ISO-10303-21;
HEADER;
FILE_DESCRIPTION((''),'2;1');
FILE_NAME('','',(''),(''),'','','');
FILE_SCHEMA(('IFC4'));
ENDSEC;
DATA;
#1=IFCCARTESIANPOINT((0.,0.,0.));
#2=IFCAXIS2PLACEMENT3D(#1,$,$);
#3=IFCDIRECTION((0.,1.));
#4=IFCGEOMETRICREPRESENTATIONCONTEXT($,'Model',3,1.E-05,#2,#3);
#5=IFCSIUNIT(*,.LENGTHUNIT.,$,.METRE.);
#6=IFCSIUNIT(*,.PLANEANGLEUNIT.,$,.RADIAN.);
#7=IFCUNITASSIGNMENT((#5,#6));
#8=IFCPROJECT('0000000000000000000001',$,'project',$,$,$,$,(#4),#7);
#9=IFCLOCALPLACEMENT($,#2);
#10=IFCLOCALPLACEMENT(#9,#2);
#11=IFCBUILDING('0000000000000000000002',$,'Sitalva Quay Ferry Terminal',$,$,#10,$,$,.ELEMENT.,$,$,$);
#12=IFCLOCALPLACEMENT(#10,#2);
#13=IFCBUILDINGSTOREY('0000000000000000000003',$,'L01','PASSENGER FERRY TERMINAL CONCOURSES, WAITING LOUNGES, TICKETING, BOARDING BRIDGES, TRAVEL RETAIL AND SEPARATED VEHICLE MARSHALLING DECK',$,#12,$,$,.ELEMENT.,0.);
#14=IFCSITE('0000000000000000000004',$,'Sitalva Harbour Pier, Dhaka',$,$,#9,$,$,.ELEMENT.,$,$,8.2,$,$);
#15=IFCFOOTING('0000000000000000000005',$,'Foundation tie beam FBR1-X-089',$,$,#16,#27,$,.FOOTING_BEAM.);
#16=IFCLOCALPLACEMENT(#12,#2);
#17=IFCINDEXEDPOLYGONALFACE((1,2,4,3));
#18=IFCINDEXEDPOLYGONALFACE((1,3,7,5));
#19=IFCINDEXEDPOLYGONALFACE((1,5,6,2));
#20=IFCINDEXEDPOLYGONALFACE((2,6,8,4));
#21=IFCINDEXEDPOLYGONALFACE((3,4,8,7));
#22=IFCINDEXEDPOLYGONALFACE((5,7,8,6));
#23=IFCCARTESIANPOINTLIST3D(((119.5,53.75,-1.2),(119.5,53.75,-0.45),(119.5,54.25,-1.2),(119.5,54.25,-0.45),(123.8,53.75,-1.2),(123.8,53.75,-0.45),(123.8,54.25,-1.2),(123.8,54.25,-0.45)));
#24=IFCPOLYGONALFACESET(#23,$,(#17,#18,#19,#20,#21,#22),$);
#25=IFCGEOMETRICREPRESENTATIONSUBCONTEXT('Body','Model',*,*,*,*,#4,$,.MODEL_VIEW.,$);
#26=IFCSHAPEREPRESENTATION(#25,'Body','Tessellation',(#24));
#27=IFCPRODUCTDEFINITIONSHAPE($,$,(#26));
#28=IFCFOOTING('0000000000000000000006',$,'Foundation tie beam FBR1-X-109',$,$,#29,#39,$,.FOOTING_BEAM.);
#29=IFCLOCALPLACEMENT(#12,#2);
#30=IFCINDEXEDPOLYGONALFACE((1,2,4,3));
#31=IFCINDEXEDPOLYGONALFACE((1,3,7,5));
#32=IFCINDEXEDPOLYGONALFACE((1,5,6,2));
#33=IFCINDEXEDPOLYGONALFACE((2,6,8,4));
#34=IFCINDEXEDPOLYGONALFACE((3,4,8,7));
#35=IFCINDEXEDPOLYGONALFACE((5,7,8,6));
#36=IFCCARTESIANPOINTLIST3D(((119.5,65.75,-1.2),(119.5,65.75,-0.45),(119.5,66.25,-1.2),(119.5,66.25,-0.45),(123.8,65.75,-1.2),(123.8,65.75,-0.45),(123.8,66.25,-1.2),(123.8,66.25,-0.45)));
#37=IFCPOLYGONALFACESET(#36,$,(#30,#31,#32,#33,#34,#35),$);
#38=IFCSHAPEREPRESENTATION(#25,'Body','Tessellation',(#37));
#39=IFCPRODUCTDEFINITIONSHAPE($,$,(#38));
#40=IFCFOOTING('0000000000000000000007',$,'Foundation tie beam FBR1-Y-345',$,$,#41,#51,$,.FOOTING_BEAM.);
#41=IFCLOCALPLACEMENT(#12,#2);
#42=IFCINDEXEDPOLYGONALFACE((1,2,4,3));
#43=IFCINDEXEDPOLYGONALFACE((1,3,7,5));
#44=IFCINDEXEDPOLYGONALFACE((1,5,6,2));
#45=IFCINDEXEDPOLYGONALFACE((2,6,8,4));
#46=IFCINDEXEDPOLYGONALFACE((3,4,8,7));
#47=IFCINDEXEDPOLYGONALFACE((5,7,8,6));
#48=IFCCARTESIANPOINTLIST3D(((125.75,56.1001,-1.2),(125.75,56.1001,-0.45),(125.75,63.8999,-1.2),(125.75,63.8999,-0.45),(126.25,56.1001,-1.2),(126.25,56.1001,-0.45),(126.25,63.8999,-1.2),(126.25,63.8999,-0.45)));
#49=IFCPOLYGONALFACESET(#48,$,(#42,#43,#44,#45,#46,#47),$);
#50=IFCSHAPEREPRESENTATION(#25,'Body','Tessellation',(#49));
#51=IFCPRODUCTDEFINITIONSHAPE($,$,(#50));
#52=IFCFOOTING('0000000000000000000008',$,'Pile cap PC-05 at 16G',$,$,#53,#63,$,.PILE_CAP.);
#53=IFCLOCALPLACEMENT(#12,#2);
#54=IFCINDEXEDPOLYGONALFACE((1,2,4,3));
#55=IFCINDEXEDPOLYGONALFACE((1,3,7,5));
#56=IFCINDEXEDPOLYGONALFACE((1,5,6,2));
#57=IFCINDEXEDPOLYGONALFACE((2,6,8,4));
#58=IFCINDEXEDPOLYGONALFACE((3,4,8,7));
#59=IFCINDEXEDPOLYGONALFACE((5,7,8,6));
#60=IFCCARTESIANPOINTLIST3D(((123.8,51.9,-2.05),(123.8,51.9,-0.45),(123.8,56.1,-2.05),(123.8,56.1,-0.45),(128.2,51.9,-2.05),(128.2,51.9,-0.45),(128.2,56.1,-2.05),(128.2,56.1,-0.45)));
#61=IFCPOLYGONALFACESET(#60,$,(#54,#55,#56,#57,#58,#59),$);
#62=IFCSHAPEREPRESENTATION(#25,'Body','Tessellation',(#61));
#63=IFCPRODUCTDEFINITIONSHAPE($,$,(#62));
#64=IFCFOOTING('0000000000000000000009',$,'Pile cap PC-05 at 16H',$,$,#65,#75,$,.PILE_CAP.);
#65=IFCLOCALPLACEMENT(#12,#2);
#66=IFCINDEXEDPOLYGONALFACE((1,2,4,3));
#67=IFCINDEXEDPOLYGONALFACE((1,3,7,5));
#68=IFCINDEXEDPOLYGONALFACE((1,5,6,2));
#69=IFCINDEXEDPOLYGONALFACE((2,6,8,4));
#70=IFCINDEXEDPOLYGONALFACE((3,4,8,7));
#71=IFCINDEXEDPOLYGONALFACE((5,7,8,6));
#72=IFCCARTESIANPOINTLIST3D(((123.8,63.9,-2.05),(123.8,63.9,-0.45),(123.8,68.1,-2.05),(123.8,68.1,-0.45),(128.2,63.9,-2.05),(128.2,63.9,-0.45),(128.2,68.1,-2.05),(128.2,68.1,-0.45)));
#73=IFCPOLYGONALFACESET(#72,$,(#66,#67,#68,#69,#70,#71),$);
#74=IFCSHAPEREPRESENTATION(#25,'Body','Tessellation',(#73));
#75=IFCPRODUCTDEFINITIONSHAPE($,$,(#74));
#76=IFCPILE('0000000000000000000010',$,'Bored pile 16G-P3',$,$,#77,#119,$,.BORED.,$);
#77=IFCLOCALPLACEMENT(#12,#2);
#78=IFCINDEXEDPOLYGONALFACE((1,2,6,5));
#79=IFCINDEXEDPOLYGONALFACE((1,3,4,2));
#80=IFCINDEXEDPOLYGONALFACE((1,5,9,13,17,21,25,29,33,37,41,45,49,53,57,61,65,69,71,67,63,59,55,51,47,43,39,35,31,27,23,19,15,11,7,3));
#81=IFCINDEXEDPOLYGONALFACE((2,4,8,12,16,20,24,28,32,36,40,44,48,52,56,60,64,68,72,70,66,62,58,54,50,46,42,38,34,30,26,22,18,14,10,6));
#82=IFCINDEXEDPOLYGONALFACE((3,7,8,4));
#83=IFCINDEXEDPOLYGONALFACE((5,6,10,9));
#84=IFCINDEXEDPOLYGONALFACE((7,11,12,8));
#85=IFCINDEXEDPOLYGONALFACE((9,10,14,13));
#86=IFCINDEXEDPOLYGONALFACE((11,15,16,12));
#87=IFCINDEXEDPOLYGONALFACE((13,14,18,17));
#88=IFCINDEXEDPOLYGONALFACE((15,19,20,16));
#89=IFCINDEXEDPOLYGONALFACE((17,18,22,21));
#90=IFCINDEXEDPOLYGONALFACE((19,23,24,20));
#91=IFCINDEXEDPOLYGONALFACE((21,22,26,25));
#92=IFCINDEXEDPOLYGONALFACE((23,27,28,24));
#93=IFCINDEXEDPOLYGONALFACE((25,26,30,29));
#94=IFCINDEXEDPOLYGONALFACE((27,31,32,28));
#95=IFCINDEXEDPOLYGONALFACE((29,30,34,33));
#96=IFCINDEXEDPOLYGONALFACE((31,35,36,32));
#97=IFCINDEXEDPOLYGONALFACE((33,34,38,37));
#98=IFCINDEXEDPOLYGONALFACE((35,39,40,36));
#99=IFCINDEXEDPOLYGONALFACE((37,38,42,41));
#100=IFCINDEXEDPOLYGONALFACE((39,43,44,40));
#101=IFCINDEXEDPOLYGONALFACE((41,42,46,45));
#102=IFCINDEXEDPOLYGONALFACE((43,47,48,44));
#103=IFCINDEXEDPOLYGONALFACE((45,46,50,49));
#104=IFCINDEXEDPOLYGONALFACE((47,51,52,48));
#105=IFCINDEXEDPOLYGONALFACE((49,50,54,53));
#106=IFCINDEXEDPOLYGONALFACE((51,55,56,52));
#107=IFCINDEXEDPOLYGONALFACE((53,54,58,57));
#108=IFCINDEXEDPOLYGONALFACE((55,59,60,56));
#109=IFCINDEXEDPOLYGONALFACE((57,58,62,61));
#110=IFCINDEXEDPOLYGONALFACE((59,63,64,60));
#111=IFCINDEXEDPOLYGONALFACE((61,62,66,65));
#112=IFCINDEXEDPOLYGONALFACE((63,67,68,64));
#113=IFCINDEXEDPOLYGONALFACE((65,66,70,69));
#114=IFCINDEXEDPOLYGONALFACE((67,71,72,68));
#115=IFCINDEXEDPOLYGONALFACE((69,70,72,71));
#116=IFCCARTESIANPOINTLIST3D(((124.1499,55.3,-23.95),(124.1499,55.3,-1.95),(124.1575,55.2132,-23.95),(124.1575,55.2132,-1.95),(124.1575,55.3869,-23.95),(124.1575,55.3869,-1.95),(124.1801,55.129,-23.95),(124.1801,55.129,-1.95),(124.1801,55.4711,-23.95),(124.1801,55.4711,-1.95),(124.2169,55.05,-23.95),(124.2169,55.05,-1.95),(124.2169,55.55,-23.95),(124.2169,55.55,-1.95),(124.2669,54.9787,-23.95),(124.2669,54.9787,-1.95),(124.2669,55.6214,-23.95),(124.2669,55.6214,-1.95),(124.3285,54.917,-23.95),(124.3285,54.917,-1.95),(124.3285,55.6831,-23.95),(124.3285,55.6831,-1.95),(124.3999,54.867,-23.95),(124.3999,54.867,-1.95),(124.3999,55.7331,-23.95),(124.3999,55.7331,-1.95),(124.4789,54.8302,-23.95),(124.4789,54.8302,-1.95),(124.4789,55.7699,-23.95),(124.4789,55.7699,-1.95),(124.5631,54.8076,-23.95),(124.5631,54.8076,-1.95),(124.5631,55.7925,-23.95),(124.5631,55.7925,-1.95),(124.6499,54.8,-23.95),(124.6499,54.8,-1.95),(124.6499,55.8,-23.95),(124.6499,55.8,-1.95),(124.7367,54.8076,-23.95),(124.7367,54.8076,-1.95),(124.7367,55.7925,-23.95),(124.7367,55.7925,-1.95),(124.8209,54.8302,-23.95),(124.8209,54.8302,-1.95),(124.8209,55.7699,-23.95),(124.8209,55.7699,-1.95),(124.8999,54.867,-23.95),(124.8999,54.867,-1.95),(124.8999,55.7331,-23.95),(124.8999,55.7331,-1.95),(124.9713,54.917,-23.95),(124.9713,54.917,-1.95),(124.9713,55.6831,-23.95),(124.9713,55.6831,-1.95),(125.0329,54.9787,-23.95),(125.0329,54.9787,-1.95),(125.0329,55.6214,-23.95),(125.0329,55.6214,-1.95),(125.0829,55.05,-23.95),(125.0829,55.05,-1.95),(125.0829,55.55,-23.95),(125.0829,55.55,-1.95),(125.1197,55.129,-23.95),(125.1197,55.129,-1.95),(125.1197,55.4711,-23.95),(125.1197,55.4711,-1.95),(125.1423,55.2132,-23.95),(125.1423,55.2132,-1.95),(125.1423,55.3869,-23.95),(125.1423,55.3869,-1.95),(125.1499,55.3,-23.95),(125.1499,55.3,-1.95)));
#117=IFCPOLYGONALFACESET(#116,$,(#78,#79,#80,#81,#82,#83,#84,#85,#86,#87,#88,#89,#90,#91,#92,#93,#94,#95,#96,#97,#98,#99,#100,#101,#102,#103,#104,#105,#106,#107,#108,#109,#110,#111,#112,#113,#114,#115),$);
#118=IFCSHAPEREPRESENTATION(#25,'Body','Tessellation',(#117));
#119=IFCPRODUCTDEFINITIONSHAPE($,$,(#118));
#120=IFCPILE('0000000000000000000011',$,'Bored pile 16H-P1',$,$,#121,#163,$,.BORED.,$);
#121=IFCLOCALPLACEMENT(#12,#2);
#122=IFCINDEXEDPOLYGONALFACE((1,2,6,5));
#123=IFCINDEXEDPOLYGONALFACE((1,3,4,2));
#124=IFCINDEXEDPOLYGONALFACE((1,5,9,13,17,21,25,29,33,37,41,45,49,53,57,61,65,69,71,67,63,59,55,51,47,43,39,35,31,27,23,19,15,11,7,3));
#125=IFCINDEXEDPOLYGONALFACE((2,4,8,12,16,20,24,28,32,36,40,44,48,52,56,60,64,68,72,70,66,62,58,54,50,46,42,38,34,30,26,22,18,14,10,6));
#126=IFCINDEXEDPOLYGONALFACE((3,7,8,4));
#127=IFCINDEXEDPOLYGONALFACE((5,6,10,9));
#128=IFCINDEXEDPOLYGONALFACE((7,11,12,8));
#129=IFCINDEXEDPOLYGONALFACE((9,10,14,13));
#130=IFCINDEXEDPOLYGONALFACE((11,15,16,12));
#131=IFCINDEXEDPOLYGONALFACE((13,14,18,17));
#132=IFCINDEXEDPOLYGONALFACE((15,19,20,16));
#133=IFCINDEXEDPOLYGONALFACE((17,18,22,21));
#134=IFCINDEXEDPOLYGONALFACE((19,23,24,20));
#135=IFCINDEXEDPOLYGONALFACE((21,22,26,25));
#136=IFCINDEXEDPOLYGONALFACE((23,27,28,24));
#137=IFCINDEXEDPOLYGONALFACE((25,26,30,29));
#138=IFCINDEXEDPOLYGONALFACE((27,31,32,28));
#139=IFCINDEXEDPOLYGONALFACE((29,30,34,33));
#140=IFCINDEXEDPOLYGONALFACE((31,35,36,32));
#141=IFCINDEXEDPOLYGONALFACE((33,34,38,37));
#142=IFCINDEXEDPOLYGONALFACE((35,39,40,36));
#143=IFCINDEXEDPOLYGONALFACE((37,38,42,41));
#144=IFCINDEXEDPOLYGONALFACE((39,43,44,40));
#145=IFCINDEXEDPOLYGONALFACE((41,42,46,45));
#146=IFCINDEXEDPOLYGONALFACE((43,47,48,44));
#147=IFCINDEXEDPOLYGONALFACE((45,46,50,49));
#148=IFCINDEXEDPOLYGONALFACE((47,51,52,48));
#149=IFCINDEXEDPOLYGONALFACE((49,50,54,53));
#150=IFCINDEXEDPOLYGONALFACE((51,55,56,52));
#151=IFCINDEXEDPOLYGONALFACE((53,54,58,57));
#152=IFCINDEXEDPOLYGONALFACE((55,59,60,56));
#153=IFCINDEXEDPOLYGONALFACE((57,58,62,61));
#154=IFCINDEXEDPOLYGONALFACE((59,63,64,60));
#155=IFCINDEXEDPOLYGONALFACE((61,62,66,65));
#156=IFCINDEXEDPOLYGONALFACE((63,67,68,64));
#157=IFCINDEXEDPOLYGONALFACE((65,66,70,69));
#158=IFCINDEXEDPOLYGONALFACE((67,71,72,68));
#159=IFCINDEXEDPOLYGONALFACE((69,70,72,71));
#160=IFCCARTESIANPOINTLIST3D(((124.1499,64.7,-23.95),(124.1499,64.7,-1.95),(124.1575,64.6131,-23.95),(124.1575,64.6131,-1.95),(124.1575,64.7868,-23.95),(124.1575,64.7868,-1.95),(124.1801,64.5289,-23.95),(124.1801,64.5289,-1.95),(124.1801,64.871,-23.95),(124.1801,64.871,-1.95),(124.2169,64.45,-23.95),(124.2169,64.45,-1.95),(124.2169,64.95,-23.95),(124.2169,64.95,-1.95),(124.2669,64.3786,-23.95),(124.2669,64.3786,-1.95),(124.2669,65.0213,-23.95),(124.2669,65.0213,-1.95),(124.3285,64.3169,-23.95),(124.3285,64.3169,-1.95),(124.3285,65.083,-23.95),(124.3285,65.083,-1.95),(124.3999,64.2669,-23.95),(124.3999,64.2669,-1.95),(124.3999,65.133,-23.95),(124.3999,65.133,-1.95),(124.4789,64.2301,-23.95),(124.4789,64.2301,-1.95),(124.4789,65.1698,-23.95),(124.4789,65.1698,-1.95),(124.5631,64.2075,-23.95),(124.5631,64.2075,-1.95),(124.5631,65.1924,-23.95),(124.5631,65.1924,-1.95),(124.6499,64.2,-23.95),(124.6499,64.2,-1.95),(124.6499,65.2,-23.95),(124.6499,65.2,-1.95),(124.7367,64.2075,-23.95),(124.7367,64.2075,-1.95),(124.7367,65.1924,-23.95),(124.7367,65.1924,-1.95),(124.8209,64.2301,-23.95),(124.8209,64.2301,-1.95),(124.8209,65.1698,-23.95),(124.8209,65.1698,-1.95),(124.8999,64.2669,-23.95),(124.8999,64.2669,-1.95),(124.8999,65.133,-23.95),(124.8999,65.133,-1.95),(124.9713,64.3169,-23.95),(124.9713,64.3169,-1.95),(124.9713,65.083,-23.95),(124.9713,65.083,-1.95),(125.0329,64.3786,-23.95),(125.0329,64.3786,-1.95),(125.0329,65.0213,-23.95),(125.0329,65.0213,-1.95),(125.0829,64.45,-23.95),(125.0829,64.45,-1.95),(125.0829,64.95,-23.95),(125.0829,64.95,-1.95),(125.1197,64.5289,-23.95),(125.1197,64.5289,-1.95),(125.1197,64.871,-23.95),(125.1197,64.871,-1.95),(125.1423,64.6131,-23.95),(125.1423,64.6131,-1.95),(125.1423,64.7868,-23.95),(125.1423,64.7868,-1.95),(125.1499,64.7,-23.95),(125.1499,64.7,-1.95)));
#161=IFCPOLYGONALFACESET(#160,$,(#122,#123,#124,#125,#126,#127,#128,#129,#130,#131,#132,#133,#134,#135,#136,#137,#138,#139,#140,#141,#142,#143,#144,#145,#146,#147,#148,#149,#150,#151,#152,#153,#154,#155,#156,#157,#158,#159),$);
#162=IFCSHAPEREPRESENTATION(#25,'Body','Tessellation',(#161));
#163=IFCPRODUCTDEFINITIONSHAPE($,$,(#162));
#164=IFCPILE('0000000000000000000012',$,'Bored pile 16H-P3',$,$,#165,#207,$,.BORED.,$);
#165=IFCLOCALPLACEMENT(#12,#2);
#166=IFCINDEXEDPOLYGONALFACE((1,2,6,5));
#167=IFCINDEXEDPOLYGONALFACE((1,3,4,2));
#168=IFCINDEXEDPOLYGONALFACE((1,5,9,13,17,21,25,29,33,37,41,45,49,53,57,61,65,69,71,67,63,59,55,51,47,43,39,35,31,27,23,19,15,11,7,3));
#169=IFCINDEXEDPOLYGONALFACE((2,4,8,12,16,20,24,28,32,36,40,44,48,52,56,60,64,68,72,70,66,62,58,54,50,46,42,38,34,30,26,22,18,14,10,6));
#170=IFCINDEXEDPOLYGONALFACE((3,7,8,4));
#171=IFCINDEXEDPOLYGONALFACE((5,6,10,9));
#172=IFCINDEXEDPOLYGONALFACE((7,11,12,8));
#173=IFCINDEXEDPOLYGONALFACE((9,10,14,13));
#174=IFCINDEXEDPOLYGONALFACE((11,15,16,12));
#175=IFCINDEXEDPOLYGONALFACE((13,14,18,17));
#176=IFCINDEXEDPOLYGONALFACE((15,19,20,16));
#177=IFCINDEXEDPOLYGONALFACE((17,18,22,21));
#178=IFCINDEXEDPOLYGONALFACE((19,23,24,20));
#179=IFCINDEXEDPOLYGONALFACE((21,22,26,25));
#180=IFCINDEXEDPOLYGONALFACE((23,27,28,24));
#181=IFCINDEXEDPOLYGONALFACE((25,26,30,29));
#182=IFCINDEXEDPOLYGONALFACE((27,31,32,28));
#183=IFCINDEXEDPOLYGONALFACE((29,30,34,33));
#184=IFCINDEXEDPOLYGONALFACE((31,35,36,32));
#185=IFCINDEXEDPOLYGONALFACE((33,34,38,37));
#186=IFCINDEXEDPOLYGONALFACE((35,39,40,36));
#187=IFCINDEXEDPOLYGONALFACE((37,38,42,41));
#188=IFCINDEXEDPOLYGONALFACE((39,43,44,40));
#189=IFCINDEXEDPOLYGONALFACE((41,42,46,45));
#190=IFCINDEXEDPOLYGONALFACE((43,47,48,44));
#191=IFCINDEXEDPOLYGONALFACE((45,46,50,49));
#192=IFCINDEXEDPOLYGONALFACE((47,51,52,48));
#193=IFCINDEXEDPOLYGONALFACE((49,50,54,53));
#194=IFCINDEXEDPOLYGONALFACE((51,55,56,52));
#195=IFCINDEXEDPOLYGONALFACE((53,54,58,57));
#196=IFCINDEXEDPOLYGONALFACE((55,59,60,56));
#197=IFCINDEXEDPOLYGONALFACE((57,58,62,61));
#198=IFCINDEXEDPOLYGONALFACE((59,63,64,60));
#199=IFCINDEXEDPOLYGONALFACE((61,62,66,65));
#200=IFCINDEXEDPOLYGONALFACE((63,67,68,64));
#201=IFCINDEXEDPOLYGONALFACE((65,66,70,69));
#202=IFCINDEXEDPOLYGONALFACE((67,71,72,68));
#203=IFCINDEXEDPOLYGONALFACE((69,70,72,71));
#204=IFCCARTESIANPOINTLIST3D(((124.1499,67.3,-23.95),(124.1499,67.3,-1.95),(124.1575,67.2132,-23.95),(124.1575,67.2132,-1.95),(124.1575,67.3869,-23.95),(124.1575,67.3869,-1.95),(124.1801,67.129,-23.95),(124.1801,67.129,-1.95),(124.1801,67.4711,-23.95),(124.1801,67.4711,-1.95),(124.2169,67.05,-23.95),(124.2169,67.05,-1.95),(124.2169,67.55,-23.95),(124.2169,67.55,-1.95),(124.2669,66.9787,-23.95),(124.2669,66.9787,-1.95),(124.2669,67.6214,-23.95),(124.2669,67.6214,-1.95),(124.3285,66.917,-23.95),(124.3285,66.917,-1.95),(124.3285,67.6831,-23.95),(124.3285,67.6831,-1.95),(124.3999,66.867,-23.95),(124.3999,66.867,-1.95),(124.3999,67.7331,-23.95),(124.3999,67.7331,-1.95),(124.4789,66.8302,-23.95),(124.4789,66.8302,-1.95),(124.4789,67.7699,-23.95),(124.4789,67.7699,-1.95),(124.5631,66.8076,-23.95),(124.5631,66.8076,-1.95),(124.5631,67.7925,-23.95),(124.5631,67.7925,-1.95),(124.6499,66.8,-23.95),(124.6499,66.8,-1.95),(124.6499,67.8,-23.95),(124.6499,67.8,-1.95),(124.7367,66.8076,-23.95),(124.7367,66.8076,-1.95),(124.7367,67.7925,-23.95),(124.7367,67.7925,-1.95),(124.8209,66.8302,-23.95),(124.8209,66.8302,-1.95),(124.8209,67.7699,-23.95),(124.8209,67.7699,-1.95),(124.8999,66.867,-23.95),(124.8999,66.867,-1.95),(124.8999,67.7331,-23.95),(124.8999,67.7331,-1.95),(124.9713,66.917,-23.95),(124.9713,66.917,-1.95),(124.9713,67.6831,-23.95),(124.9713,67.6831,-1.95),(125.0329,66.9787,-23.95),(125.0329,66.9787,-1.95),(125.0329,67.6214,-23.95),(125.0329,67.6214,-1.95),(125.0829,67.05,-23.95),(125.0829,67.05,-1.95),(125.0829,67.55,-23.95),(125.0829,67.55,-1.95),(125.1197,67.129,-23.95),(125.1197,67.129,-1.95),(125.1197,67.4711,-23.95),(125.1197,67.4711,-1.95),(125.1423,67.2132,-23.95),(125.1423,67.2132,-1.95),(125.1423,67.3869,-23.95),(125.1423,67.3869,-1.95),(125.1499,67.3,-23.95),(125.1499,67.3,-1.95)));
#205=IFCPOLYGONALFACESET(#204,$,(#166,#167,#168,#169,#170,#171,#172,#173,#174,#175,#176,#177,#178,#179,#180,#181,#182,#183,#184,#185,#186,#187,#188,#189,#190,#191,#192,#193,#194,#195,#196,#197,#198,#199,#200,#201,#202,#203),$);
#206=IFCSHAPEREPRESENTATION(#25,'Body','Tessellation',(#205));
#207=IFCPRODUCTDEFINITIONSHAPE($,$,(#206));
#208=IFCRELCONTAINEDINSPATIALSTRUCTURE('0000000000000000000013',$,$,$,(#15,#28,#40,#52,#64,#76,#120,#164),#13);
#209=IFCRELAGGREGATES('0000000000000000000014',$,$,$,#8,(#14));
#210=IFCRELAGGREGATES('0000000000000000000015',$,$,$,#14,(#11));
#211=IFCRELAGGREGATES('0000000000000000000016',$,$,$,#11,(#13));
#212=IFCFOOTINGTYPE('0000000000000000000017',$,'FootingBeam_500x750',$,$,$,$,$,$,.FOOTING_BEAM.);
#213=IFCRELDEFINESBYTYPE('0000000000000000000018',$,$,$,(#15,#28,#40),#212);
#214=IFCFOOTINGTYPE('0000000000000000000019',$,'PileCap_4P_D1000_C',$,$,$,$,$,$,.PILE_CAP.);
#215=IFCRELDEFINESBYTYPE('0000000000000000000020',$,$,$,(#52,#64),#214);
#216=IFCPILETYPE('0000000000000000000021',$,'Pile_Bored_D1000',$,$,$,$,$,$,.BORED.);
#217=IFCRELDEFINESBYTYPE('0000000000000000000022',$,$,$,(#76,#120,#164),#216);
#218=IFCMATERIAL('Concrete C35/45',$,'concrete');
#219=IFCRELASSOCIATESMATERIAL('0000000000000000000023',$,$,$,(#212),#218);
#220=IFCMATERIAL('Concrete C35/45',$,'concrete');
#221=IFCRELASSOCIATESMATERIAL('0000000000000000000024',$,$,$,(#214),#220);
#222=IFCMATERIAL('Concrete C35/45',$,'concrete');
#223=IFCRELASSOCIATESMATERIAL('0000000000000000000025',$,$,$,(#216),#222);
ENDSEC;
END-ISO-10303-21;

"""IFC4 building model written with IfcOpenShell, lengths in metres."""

from ifc_helpers import new_model, si_unit, direction, frame, origin, origin_2d, place, context, subcontext, project, spatial, rectangle, circle, extrude, material, material_profile, profile_set, type_object, element, save


model = new_model("IFC4")

# Units and contexts
model_context = context("Model", 3, precision=1e-05, world=origin(), true_north=direction((0.0, 1.0)))
body_context = subcontext(model_context, "Body", "Model", "MODEL_VIEW")
ifc_project = project(units=[si_unit("LENGTHUNIT", "METRE"), si_unit("PLANEANGLEUNIT", "RADIAN")], contexts=[model_context])

# Site, building, storey
site_placement = place(None, origin())
site = spatial("IfcSite", under=ifc_project, at=site_placement, Name="Sitalva Harbour Pier, Dhaka", CompositionType="ELEMENT", RefElevation=8.2)
building_placement = place(site_placement, origin())
building = spatial("IfcBuilding", under=site, at=building_placement, Name="Sitalva Quay Ferry Terminal", CompositionType="ELEMENT")
storey_placement = place(building_placement, origin())
storey = spatial("IfcBuildingStorey", under=building, at=storey_placement, Name="L01", Description="PASSENGER FERRY TERMINAL CONCOURSES, WAITING LOUNGES, TICKETING, BOARDING BRIDGES, TRAVEL RETAIL AND SEPARATED VEHICLE MARSHALLING DECK", CompositionType="ELEMENT", Elevation=0.0)

# Footings
ifc_material_1 = material(Name="Concrete C35/45", Category="concrete")
ifc_material_profile_1 = material_profile(ifc_material_1, rectangle(XDim=0.5, YDim=0.75, at=origin_2d()), Name="RC500x750")
ifc_profile_set_1 = profile_set([ifc_material_profile_1], Name="Concrete C35/45")
footing_type_1 = type_object("IfcFootingType", Name="FootingBeam_500x750", PredefinedType="FOOTING_BEAM", material=ifc_profile_set_1)
for number, where, z_axis, x_axis, name in (
    (1, (119.5, 54.0, -0.825), (1.0, 0.0, 0.0), (0.0, 1.0, 0.0), "Foundation tie beam FBR1-X-089"),
    (2, (119.5, 66.0, -0.825), (1.0, 0.0, 0.0), (0.0, 1.0, 0.0), "Foundation tie beam FBR1-X-109"),
):
    element("IfcFooting", number, at=place(storey_placement, frame(where, z_axis=z_axis, x_axis=x_axis)), inside=storey, type_object=footing_type_1, Name=name, PredefinedType="FOOTING_BEAM", context=body_context, shape_type="SweptSolid", body=[
        extrude(rectangle(XDim=0.5, YDim=0.75, at=origin_2d()), origin(), (0.0, 0.0, 1.0), 4.3),
    ])
footing_placement = place(storey_placement, frame((126.0, 56.1001, -0.825), z_axis=(0.0, 1.0, 0.0), x_axis=(-1.0, 0.0, 0.0)))
element("IfcFooting", 3, at=footing_placement, inside=storey, type_object=footing_type_1, Name="Foundation tie beam FBR1-Y-345", PredefinedType="FOOTING_BEAM", context=body_context, shape_type="SweptSolid", body=[
    extrude(rectangle(XDim=0.5, YDim=0.75, at=origin_2d()), origin(), (0.0, 0.0, 1.0), 7.7998),
])
ifc_material_2 = material(Name="Concrete C35/45", Category="concrete")
footing_type_2 = type_object("IfcFootingType", Name="PileCap_4P_D1000_C", PredefinedType="PILE_CAP", material=ifc_material_2)
for number, where, z_axis, x_axis, name in (
    (4, (126.0, 54.0, -2.05), (0.0, 0.0, 1.0), (1.0, 0.0, 0.0), "Pile cap PC-05 at 16G"),
    (5, (126.0, 66.0, -2.05), (0.0, 0.0, 1.0), (1.0, 0.0, 0.0), "Pile cap PC-05 at 16H"),
):
    element("IfcFooting", number, at=place(storey_placement, frame(where, z_axis=z_axis, x_axis=x_axis)), inside=storey, type_object=footing_type_2, Name=name, PredefinedType="PILE_CAP", context=body_context, shape_type="SweptSolid", body=[
        extrude(rectangle(XDim=4.3999, YDim=4.2, at=origin_2d()), origin(), (0.0, 0.0, 1.0), 1.6001),
    ])

# Piles
ifc_material_3 = material(Name="Concrete C35/45", Category="concrete")
ifc_material_profile_2 = material_profile(ifc_material_3, circle(Radius=0.5, at=origin_2d()), Name="PILE-D1000")
ifc_profile_set_2 = profile_set([ifc_material_profile_2], Name="Concrete C35/45")
pile_type = type_object("IfcPileType", Name="Pile_Bored_D1000", PredefinedType="BORED", material=ifc_profile_set_2)
for number, where, z_axis, x_axis, name in (
    (6, (124.6499, 55.3, -1.95), (0.0, 0.0, -1.0), (1.0, 0.0, 0.0), "Bored pile 16G-P3"),
    (7, (124.6499, 64.7, -1.95), (0.0, 0.0, -1.0), (1.0, 0.0, 0.0), "Bored pile 16H-P1"),
    (8, (124.6499, 67.3, -1.95), (0.0, 0.0, -1.0), (1.0, 0.0, 0.0), "Bored pile 16H-P3"),
):
    element("IfcPile", number, at=place(storey_placement, frame(where, z_axis=z_axis, x_axis=x_axis)), inside=storey, type_object=pile_type, Name=name, PredefinedType="BORED", context=body_context, shape_type="SweptSolid", body=[
        extrude(circle(Radius=0.5, at=origin_2d()), origin(), (0.0, 0.0, 1.0), 22.0),
    ])

save(model, "model.ifc")
